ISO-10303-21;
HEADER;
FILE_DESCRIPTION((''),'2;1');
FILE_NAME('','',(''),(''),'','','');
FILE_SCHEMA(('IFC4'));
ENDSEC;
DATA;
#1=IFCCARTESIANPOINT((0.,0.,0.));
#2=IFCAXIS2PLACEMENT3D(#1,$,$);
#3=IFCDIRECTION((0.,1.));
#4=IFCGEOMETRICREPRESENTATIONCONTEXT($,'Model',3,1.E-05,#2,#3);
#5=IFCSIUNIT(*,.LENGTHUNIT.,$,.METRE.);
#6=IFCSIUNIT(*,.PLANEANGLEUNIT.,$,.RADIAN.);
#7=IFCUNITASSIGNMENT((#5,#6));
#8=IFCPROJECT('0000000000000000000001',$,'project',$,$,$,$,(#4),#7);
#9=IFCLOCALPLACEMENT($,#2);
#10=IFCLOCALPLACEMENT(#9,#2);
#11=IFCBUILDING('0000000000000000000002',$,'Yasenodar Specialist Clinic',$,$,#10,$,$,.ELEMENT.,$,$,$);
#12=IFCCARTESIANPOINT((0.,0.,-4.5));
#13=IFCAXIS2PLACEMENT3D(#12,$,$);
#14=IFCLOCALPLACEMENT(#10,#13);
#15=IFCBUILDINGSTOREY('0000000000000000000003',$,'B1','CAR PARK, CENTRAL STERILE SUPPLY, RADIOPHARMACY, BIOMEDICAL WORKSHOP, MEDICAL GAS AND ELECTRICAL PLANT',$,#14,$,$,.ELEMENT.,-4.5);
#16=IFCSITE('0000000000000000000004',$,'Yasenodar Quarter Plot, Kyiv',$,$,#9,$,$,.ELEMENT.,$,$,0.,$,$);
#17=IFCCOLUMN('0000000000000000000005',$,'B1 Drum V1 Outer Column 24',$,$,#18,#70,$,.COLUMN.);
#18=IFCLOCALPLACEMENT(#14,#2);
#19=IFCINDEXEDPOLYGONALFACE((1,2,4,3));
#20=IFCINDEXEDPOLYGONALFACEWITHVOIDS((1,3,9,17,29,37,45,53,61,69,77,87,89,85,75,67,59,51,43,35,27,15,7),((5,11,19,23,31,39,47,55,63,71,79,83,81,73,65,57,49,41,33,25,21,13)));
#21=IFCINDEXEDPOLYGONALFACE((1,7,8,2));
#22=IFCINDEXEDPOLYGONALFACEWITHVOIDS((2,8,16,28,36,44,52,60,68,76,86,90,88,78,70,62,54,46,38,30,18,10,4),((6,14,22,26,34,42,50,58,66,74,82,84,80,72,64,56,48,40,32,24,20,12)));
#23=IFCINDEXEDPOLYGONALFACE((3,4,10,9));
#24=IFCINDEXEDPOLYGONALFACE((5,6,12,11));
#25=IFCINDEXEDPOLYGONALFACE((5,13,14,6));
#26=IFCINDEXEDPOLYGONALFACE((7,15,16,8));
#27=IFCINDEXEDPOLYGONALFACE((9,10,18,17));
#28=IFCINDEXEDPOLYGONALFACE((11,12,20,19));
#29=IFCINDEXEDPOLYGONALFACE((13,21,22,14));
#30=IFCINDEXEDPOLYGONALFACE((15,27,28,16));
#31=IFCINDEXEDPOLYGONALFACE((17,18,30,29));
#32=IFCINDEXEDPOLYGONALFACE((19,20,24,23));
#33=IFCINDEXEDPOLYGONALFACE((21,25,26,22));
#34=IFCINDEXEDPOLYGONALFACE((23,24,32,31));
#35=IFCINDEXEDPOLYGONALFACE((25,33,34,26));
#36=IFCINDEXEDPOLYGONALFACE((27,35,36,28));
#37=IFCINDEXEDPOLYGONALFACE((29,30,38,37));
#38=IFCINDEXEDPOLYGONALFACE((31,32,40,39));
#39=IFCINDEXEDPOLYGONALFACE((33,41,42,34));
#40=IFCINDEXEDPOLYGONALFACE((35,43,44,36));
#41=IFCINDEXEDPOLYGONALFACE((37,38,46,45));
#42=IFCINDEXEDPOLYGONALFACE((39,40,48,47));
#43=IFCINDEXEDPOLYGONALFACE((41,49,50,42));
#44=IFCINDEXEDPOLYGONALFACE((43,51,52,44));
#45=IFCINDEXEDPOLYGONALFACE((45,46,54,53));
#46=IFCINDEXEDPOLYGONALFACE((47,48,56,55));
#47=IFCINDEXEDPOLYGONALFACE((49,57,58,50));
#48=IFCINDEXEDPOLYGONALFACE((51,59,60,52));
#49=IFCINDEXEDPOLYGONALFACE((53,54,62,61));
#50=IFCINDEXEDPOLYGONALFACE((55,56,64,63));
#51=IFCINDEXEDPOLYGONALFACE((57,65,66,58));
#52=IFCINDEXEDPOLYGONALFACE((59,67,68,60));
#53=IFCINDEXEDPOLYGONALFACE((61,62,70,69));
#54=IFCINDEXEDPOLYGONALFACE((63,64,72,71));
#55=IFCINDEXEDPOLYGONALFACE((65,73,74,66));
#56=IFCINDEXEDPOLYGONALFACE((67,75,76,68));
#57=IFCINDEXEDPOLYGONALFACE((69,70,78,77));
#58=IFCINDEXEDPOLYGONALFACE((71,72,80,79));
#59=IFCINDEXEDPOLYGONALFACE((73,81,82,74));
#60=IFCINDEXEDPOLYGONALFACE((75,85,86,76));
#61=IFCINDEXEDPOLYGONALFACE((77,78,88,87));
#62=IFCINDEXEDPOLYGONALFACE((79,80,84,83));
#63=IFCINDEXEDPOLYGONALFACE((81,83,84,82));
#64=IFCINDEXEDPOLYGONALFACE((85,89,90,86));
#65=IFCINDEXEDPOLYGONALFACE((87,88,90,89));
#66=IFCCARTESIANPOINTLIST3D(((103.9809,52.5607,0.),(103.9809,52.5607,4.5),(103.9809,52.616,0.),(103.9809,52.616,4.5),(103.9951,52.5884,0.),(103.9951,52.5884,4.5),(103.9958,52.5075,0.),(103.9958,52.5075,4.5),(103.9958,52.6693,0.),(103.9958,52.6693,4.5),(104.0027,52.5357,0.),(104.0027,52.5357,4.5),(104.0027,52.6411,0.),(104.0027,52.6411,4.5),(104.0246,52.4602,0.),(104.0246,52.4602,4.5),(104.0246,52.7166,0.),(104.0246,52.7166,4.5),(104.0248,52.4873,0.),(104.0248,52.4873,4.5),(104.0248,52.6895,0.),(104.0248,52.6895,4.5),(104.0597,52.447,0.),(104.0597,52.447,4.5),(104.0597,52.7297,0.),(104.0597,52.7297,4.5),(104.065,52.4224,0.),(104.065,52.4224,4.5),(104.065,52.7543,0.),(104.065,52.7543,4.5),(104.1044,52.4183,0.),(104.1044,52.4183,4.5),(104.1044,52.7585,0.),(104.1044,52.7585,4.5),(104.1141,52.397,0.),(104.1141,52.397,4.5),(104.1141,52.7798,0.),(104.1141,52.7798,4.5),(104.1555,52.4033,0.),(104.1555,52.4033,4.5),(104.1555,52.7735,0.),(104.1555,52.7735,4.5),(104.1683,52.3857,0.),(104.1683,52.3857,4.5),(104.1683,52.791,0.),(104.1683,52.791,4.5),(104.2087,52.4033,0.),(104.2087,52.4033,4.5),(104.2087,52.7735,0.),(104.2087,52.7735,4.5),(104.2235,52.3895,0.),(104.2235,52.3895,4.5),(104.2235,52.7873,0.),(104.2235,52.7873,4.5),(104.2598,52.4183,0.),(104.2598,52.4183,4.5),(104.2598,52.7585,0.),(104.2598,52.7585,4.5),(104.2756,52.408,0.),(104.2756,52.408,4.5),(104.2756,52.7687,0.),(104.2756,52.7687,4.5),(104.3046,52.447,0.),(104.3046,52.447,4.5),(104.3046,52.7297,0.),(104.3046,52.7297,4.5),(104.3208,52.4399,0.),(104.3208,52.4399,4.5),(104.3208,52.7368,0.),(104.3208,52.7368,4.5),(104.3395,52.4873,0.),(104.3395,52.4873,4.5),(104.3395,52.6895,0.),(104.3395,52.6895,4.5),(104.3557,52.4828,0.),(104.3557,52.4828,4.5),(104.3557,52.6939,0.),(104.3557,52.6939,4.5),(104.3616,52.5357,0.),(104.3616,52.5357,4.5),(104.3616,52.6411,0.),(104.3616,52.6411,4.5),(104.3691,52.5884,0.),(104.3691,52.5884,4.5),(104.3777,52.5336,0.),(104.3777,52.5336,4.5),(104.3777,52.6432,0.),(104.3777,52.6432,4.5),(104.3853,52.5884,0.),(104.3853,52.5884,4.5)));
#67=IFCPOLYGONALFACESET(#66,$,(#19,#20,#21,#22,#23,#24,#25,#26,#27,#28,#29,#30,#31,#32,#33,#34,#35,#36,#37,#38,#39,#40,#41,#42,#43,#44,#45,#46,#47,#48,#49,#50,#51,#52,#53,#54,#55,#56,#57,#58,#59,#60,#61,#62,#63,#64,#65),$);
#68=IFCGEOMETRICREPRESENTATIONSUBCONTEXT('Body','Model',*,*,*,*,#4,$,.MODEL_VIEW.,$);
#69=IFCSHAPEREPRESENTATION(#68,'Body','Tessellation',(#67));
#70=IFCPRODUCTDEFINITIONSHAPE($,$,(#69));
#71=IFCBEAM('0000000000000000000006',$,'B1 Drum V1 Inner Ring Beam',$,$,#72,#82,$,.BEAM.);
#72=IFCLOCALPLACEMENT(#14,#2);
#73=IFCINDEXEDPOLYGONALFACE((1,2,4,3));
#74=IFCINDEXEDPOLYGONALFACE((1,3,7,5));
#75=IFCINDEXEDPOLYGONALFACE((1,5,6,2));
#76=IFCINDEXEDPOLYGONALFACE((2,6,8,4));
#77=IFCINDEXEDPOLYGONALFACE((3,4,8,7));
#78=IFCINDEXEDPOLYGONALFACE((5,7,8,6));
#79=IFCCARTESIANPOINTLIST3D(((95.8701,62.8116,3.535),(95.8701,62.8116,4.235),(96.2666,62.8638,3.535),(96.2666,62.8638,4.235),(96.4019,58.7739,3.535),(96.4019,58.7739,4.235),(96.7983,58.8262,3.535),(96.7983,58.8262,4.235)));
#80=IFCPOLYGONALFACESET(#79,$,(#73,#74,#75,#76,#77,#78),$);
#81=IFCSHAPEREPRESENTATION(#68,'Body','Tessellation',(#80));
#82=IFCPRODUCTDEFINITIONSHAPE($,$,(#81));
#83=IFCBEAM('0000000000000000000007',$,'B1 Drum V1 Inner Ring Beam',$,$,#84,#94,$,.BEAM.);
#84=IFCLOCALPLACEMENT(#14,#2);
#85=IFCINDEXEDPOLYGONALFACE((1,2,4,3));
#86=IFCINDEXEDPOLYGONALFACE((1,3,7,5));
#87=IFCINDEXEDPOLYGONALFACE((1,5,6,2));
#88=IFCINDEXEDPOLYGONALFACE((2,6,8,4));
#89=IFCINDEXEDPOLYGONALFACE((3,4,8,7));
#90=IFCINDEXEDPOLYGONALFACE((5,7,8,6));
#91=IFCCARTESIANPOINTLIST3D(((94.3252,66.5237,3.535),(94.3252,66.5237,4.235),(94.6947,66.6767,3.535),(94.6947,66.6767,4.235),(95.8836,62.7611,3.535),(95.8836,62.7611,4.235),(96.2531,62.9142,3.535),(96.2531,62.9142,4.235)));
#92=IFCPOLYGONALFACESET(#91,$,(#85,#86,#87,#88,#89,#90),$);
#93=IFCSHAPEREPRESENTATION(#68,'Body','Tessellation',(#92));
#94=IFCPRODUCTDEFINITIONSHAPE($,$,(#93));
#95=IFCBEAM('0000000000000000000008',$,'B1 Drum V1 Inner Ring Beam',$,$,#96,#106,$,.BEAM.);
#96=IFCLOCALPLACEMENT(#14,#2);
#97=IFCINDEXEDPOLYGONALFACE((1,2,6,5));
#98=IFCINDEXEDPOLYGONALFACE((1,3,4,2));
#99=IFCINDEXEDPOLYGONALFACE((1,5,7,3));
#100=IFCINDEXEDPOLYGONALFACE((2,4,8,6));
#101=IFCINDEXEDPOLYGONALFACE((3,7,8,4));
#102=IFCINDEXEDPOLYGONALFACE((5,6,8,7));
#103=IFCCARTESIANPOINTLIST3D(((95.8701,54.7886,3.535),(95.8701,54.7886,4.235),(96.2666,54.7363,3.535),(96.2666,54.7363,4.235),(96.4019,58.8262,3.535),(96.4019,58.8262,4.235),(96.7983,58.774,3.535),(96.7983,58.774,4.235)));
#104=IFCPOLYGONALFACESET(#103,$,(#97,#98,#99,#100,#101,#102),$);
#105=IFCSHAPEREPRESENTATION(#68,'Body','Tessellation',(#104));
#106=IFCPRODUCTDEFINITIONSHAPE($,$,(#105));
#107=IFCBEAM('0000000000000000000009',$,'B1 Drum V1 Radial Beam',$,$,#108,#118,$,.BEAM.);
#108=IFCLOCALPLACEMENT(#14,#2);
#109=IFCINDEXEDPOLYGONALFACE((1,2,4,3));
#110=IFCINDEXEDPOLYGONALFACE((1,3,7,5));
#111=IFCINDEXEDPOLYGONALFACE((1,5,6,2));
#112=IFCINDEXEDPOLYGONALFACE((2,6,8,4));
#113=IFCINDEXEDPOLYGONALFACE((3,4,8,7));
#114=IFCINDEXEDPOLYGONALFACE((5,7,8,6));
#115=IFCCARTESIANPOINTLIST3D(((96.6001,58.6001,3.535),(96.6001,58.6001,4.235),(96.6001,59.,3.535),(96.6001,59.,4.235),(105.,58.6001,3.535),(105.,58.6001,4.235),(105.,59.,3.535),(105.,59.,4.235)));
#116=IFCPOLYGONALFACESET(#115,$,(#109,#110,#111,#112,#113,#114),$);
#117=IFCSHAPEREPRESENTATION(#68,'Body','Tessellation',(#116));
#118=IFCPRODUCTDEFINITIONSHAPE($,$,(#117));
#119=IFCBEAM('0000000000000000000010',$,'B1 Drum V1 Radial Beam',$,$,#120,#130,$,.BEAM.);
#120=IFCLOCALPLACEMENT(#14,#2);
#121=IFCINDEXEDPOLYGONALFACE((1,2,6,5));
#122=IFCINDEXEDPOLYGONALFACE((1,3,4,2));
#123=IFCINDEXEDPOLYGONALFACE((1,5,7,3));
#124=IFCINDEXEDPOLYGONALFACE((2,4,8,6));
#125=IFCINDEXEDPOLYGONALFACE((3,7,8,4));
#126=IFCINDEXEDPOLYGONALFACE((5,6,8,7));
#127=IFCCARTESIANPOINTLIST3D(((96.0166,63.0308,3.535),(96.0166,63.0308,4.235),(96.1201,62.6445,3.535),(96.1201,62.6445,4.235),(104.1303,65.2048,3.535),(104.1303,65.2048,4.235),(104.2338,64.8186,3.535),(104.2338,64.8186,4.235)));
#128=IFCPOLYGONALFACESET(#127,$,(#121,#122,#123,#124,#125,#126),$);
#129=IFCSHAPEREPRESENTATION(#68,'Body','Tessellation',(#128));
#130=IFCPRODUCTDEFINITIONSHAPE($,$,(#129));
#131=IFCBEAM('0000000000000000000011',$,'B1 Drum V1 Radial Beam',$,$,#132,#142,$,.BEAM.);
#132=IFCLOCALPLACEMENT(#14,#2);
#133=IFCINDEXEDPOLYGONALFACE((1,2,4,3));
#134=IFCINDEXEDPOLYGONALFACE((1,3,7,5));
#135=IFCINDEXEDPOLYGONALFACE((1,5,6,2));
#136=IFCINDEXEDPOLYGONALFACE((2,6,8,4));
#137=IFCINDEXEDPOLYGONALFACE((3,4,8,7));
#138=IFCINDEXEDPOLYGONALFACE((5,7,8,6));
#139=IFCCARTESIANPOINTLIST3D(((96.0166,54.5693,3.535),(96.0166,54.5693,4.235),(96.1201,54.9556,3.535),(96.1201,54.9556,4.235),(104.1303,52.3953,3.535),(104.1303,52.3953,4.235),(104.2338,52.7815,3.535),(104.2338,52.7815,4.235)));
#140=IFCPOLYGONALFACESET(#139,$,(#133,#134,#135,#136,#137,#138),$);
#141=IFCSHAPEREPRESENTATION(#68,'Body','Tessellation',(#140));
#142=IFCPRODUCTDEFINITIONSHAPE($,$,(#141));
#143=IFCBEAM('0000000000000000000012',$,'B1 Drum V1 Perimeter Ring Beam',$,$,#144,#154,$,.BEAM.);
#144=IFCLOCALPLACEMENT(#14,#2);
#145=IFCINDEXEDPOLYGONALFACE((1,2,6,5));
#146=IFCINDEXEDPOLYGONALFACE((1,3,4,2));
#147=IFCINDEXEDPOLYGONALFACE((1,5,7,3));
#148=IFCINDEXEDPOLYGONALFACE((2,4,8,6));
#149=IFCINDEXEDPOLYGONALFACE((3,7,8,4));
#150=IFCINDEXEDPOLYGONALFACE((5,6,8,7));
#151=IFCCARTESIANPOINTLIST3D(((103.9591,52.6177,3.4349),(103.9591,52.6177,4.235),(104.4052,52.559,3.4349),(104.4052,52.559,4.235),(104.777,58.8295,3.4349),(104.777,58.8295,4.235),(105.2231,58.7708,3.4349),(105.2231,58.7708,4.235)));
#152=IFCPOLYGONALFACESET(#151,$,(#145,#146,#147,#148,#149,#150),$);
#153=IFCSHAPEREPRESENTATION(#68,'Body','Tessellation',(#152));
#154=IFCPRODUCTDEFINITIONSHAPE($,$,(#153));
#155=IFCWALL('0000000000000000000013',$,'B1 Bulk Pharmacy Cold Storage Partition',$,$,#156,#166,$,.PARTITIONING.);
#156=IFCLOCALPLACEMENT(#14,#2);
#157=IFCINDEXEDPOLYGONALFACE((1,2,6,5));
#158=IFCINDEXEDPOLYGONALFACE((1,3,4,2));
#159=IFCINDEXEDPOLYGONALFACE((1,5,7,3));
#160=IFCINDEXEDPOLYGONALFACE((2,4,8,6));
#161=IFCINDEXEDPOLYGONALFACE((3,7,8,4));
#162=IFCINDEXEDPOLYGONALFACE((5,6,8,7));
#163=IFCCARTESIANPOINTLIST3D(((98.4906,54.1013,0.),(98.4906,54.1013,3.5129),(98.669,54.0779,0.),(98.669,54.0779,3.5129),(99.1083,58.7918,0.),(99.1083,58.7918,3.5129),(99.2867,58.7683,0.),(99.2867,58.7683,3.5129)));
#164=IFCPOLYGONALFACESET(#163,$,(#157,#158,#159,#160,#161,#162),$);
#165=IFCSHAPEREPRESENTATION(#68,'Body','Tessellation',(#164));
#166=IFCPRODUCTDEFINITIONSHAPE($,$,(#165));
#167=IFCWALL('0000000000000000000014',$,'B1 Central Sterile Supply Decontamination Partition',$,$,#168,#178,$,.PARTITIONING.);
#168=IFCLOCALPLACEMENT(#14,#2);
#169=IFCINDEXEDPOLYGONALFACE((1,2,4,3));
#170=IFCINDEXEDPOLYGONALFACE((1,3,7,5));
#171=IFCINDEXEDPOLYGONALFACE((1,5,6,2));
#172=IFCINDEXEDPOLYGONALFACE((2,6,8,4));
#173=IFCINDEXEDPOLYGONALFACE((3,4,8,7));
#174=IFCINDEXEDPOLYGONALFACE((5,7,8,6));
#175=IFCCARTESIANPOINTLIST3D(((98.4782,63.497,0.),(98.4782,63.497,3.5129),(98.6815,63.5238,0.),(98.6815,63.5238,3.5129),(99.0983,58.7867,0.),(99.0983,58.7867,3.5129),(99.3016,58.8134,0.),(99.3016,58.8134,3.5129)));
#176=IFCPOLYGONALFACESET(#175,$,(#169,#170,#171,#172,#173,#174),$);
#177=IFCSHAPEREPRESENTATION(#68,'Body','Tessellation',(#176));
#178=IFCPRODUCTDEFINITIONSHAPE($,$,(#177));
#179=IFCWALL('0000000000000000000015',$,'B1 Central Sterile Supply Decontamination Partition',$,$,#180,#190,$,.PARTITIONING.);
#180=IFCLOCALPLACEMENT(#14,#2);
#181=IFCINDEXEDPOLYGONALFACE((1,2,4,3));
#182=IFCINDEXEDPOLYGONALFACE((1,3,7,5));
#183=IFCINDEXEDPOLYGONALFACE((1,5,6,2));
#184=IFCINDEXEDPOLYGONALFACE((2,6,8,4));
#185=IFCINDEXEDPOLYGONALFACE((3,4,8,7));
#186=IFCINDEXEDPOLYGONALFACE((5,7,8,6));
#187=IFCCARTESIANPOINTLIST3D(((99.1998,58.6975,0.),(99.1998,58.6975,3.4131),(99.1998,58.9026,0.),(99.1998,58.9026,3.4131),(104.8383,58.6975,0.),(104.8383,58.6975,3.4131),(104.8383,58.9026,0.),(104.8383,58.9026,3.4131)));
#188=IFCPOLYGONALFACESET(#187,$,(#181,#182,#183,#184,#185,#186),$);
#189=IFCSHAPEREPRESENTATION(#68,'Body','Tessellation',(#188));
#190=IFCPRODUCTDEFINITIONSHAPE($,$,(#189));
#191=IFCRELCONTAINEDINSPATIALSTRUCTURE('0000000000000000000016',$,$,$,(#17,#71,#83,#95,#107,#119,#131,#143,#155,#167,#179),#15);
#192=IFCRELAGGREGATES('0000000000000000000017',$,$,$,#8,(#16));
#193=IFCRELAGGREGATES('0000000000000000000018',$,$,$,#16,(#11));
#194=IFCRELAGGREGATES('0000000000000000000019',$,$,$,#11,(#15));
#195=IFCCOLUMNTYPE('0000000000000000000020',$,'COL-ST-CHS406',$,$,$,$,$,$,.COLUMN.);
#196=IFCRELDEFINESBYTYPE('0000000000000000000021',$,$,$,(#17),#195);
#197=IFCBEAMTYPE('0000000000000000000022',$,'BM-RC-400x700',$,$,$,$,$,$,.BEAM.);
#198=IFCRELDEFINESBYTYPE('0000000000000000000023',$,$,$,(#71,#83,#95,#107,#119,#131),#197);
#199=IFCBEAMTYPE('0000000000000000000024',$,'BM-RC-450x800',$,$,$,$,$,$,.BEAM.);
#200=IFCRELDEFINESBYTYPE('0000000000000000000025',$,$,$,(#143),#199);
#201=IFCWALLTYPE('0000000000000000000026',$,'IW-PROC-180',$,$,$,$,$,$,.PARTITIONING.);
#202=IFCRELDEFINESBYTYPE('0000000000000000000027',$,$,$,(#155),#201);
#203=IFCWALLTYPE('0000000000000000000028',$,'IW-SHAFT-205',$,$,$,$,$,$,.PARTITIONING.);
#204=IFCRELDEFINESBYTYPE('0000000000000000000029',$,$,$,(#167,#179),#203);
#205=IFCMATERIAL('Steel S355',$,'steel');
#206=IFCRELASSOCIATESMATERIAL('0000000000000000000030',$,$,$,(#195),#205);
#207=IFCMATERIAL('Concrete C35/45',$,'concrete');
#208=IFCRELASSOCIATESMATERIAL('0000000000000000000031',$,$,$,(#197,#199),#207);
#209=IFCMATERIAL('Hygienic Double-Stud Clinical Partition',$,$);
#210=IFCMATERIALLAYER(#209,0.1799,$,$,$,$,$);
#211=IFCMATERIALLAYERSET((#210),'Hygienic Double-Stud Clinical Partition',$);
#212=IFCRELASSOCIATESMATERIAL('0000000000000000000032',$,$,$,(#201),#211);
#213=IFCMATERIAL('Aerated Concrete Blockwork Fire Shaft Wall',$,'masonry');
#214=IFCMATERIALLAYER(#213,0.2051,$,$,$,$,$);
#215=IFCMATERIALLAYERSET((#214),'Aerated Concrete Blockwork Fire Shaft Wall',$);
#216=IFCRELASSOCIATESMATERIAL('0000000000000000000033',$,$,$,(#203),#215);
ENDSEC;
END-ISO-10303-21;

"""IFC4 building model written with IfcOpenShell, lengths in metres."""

from ifc_helpers import new_model, si_unit, direction, frame, frame_2d, origin, origin_2d, place, context, subcontext, project, spatial, rectangle, hollow_circle, extrude, material, layer, layer_set, material_profile, profile_set, type_object, element, save


model = new_model("IFC4")

# Units and contexts
model_context = context("Model", 3, precision=1e-05, world=origin(), true_north=direction((0.0, 1.0)))
body_context = subcontext(model_context, "Body", "Model", "MODEL_VIEW")
ifc_project = project(units=[si_unit("LENGTHUNIT", "METRE"), si_unit("PLANEANGLEUNIT", "RADIAN")], contexts=[model_context])

# Site, building, storey
site_placement = place(None, origin())
site = spatial("IfcSite", under=ifc_project, at=site_placement, Name="Yasenodar Quarter Plot, Kyiv", CompositionType="ELEMENT", RefElevation=0.0)
building_placement = place(site_placement, origin())
building = spatial("IfcBuilding", under=site, at=building_placement, Name="Yasenodar Specialist Clinic", CompositionType="ELEMENT")
storey_placement = place(building_placement, frame((0.0, 0.0, -4.5)))
storey = spatial("IfcBuildingStorey", under=building, at=storey_placement, Name="B1", Description="CAR PARK, CENTRAL STERILE SUPPLY, RADIOPHARMACY, BIOMEDICAL WORKSHOP, MEDICAL GAS AND ELECTRICAL PLANT", CompositionType="ELEMENT", Elevation=-4.5)

# Shared definitions
ifc_material_1 = material(Name="Concrete C35/45", Category="concrete")

# Column
ifc_material_2 = material(Name="Steel S355", Category="steel")
ifc_material_profile_1 = material_profile(ifc_material_2, hollow_circle(Radius=0.2031, WallThickness=0.0161, at=origin_2d()), Name="CHS 406.4x16")
ifc_profile_set_1 = profile_set([ifc_material_profile_1], Name="Steel S355")
column_type_1 = type_object("IfcColumnType", Name="COL-ST-CHS406", PredefinedType="COLUMN", material=ifc_profile_set_1)
column_placement = place(storey_placement, frame((104.1821, 52.5884, 0.0), z_axis=(0.0, 0.0, 1.0), x_axis=(1.0, 0.0, 0.0)))
element("IfcColumn", 1, at=column_placement, inside=storey, type_object=column_type_1, Name="B1 Drum V1 Outer Column 24", PredefinedType="COLUMN", context=body_context, shape_type="SweptSolid", body=[
    extrude(hollow_circle(Radius=0.2031, WallThickness=0.0161, at=origin_2d()), origin(), (0.0, 0.0, 1.0), 4.5),
])

# Beams
ifc_material_profile_2 = material_profile(ifc_material_1, rectangle(XDim=0.3999, YDim=0.7, at=origin_2d()), Name="RC 400x700")
ifc_profile_set_2 = profile_set([ifc_material_profile_2], Name="Concrete C35/45")
beam_type_1 = type_object("IfcBeamType", Name="BM-RC-400x700", PredefinedType="BEAM", material=ifc_profile_set_2)
for number, where, z_axis, x_axis, name in (
    (2, (96.6001, 58.8, 3.885), (-0.130569, 0.991439, 0.0), (-0.991439, -0.130569, 0.0), "B1 Drum V1 Inner Ring Beam"),
    (3, (96.0684, 62.8376, 3.885), (-0.382661, 0.923889, 0.0), (-0.923889, -0.382661, 0.0), "B1 Drum V1 Inner Ring Beam"),
    (4, (96.0684, 54.7625, 3.885), (0.130569, 0.991439, 0.0), (-0.991439, 0.130569, 0.0), "B1 Drum V1 Inner Ring Beam"),
):
    element("IfcBeam", number, at=place(storey_placement, frame(where, z_axis=z_axis, x_axis=x_axis)), inside=storey, type_object=beam_type_1, Name=name, PredefinedType="BEAM", context=body_context, shape_type="SweptSolid", body=[
        extrude(rectangle(XDim=0.3999, YDim=0.7, at=origin_2d()), origin(), (0.0, 0.0, 1.0), 4.0725),
    ])
for number, where, z_axis, x_axis, name in (
    (5, (96.6001, 58.8, 3.885), (1.0, 0.0, 0.0), (0.0, 1.0, 0.0), "B1 Drum V1 Radial Beam"),
    (6, (96.0684, 62.8376, 3.885), (0.965926, 0.258818, 0.0), (-0.258818, 0.965926, 0.0), "B1 Drum V1 Radial Beam"),
    (7, (96.0684, 54.7625, 3.885), (0.965926, -0.258818, 0.0), (0.258818, 0.965926, 0.0), "B1 Drum V1 Radial Beam"),
):
    element("IfcBeam", number, at=place(storey_placement, frame(where, z_axis=z_axis, x_axis=x_axis)), inside=storey, type_object=beam_type_1, Name=name, PredefinedType="BEAM", context=body_context, shape_type="SweptSolid", body=[
        extrude(rectangle(XDim=0.3999, YDim=0.7, at=origin_2d()), origin(), (0.0, 0.0, 1.0), 8.3999),
    ])
ifc_material_profile_3 = material_profile(ifc_material_1, rectangle(XDim=0.45, YDim=0.8, at=origin_2d()), Name="RC 450x800")
ifc_profile_set_3 = profile_set([ifc_material_profile_3], Name="Concrete C35/45")
beam_type_2 = type_object("IfcBeamType", Name="BM-RC-450x800", PredefinedType="BEAM", material=ifc_profile_set_3)
beam_placement = place(storey_placement, frame((104.1821, 52.5884, 3.835), z_axis=(0.13054, 0.991443, 0.0), x_axis=(-0.991443, 0.13054, 0.0)))
element("IfcBeam", 8, at=beam_placement, inside=storey, type_object=beam_type_2, Name="B1 Drum V1 Perimeter Ring Beam", PredefinedType="BEAM", context=body_context, shape_type="SweptSolid", body=[
    extrude(rectangle(XDim=0.45, YDim=0.8, at=origin_2d()), origin(), (0.0, 0.0, 1.0), 6.2654),
])

# Walls
ifc_material_3 = material(Name="Hygienic Double-Stud Clinical Partition")
ifc_layer_1 = layer(ifc_material_3, 0.1799)
ifc_layer_set_1 = layer_set([ifc_layer_1], Name="Hygienic Double-Stud Clinical Partition")
wall_type_1 = type_object("IfcWallType", Name="IW-PROC-180", PredefinedType="PARTITIONING", material=ifc_layer_set_1)
wall_1_placement = place(storey_placement, frame((98.5798, 54.0896, 0.0), z_axis=(0.0, 0.0, 1.0), x_axis=(0.130561, 0.99144, 0.0)))
element("IfcWall", 9, at=wall_1_placement, inside=storey, type_object=wall_type_1, Name="B1 Bulk Pharmacy Cold Storage Partition", PredefinedType="PARTITIONING", context=body_context, shape_type="SweptSolid", body=[
    extrude(rectangle(XDim=4.731, YDim=0.1799, at=frame_2d((2.3655, 0.0))), origin(), (0.0, 0.0, 1.0), 3.5129),
])
ifc_material_4 = material(Name="Aerated Concrete Blockwork Fire Shaft Wall", Category="masonry")
ifc_layer_2 = layer(ifc_material_4, 0.2051)
ifc_layer_set_2 = layer_set([ifc_layer_2], Name="Aerated Concrete Blockwork Fire Shaft Wall")
wall_type_2 = type_object("IfcWallType", Name="IW-SHAFT-205", PredefinedType="PARTITIONING", material=ifc_layer_set_2)
wall_2_placement = place(storey_placement, frame((99.2, 58.8, 0.0), z_axis=(0.0, 0.0, 1.0), x_axis=(-0.130521, 0.991446, 0.0)))
element("IfcWall", 10, at=wall_2_placement, inside=storey, type_object=wall_type_2, Name="B1 Central Sterile Supply Decontamination Partition", PredefinedType="PARTITIONING", context=body_context, shape_type="SweptSolid", body=[
    extrude(rectangle(XDim=4.751, YDim=0.2051, at=frame_2d((2.3755, 0.0))), origin(), (0.0, 0.0, 1.0), 3.5129),
])
wall_3_placement = place(storey_placement, frame((104.8384, 58.8, 0.0), z_axis=(0.0, 0.0, 1.0), x_axis=(-1.0, 0.0, 0.0)))
element("IfcWall", 11, at=wall_3_placement, inside=storey, type_object=wall_type_2, Name="B1 Central Sterile Supply Decontamination Partition", PredefinedType="PARTITIONING", context=body_context, shape_type="SweptSolid", body=[
    extrude(rectangle(XDim=5.6384, YDim=0.2051, at=frame_2d((2.8193, 0.0))), origin(), (0.0, 0.0, 1.0), 3.4131),
])

save(model, "model.ifc")
